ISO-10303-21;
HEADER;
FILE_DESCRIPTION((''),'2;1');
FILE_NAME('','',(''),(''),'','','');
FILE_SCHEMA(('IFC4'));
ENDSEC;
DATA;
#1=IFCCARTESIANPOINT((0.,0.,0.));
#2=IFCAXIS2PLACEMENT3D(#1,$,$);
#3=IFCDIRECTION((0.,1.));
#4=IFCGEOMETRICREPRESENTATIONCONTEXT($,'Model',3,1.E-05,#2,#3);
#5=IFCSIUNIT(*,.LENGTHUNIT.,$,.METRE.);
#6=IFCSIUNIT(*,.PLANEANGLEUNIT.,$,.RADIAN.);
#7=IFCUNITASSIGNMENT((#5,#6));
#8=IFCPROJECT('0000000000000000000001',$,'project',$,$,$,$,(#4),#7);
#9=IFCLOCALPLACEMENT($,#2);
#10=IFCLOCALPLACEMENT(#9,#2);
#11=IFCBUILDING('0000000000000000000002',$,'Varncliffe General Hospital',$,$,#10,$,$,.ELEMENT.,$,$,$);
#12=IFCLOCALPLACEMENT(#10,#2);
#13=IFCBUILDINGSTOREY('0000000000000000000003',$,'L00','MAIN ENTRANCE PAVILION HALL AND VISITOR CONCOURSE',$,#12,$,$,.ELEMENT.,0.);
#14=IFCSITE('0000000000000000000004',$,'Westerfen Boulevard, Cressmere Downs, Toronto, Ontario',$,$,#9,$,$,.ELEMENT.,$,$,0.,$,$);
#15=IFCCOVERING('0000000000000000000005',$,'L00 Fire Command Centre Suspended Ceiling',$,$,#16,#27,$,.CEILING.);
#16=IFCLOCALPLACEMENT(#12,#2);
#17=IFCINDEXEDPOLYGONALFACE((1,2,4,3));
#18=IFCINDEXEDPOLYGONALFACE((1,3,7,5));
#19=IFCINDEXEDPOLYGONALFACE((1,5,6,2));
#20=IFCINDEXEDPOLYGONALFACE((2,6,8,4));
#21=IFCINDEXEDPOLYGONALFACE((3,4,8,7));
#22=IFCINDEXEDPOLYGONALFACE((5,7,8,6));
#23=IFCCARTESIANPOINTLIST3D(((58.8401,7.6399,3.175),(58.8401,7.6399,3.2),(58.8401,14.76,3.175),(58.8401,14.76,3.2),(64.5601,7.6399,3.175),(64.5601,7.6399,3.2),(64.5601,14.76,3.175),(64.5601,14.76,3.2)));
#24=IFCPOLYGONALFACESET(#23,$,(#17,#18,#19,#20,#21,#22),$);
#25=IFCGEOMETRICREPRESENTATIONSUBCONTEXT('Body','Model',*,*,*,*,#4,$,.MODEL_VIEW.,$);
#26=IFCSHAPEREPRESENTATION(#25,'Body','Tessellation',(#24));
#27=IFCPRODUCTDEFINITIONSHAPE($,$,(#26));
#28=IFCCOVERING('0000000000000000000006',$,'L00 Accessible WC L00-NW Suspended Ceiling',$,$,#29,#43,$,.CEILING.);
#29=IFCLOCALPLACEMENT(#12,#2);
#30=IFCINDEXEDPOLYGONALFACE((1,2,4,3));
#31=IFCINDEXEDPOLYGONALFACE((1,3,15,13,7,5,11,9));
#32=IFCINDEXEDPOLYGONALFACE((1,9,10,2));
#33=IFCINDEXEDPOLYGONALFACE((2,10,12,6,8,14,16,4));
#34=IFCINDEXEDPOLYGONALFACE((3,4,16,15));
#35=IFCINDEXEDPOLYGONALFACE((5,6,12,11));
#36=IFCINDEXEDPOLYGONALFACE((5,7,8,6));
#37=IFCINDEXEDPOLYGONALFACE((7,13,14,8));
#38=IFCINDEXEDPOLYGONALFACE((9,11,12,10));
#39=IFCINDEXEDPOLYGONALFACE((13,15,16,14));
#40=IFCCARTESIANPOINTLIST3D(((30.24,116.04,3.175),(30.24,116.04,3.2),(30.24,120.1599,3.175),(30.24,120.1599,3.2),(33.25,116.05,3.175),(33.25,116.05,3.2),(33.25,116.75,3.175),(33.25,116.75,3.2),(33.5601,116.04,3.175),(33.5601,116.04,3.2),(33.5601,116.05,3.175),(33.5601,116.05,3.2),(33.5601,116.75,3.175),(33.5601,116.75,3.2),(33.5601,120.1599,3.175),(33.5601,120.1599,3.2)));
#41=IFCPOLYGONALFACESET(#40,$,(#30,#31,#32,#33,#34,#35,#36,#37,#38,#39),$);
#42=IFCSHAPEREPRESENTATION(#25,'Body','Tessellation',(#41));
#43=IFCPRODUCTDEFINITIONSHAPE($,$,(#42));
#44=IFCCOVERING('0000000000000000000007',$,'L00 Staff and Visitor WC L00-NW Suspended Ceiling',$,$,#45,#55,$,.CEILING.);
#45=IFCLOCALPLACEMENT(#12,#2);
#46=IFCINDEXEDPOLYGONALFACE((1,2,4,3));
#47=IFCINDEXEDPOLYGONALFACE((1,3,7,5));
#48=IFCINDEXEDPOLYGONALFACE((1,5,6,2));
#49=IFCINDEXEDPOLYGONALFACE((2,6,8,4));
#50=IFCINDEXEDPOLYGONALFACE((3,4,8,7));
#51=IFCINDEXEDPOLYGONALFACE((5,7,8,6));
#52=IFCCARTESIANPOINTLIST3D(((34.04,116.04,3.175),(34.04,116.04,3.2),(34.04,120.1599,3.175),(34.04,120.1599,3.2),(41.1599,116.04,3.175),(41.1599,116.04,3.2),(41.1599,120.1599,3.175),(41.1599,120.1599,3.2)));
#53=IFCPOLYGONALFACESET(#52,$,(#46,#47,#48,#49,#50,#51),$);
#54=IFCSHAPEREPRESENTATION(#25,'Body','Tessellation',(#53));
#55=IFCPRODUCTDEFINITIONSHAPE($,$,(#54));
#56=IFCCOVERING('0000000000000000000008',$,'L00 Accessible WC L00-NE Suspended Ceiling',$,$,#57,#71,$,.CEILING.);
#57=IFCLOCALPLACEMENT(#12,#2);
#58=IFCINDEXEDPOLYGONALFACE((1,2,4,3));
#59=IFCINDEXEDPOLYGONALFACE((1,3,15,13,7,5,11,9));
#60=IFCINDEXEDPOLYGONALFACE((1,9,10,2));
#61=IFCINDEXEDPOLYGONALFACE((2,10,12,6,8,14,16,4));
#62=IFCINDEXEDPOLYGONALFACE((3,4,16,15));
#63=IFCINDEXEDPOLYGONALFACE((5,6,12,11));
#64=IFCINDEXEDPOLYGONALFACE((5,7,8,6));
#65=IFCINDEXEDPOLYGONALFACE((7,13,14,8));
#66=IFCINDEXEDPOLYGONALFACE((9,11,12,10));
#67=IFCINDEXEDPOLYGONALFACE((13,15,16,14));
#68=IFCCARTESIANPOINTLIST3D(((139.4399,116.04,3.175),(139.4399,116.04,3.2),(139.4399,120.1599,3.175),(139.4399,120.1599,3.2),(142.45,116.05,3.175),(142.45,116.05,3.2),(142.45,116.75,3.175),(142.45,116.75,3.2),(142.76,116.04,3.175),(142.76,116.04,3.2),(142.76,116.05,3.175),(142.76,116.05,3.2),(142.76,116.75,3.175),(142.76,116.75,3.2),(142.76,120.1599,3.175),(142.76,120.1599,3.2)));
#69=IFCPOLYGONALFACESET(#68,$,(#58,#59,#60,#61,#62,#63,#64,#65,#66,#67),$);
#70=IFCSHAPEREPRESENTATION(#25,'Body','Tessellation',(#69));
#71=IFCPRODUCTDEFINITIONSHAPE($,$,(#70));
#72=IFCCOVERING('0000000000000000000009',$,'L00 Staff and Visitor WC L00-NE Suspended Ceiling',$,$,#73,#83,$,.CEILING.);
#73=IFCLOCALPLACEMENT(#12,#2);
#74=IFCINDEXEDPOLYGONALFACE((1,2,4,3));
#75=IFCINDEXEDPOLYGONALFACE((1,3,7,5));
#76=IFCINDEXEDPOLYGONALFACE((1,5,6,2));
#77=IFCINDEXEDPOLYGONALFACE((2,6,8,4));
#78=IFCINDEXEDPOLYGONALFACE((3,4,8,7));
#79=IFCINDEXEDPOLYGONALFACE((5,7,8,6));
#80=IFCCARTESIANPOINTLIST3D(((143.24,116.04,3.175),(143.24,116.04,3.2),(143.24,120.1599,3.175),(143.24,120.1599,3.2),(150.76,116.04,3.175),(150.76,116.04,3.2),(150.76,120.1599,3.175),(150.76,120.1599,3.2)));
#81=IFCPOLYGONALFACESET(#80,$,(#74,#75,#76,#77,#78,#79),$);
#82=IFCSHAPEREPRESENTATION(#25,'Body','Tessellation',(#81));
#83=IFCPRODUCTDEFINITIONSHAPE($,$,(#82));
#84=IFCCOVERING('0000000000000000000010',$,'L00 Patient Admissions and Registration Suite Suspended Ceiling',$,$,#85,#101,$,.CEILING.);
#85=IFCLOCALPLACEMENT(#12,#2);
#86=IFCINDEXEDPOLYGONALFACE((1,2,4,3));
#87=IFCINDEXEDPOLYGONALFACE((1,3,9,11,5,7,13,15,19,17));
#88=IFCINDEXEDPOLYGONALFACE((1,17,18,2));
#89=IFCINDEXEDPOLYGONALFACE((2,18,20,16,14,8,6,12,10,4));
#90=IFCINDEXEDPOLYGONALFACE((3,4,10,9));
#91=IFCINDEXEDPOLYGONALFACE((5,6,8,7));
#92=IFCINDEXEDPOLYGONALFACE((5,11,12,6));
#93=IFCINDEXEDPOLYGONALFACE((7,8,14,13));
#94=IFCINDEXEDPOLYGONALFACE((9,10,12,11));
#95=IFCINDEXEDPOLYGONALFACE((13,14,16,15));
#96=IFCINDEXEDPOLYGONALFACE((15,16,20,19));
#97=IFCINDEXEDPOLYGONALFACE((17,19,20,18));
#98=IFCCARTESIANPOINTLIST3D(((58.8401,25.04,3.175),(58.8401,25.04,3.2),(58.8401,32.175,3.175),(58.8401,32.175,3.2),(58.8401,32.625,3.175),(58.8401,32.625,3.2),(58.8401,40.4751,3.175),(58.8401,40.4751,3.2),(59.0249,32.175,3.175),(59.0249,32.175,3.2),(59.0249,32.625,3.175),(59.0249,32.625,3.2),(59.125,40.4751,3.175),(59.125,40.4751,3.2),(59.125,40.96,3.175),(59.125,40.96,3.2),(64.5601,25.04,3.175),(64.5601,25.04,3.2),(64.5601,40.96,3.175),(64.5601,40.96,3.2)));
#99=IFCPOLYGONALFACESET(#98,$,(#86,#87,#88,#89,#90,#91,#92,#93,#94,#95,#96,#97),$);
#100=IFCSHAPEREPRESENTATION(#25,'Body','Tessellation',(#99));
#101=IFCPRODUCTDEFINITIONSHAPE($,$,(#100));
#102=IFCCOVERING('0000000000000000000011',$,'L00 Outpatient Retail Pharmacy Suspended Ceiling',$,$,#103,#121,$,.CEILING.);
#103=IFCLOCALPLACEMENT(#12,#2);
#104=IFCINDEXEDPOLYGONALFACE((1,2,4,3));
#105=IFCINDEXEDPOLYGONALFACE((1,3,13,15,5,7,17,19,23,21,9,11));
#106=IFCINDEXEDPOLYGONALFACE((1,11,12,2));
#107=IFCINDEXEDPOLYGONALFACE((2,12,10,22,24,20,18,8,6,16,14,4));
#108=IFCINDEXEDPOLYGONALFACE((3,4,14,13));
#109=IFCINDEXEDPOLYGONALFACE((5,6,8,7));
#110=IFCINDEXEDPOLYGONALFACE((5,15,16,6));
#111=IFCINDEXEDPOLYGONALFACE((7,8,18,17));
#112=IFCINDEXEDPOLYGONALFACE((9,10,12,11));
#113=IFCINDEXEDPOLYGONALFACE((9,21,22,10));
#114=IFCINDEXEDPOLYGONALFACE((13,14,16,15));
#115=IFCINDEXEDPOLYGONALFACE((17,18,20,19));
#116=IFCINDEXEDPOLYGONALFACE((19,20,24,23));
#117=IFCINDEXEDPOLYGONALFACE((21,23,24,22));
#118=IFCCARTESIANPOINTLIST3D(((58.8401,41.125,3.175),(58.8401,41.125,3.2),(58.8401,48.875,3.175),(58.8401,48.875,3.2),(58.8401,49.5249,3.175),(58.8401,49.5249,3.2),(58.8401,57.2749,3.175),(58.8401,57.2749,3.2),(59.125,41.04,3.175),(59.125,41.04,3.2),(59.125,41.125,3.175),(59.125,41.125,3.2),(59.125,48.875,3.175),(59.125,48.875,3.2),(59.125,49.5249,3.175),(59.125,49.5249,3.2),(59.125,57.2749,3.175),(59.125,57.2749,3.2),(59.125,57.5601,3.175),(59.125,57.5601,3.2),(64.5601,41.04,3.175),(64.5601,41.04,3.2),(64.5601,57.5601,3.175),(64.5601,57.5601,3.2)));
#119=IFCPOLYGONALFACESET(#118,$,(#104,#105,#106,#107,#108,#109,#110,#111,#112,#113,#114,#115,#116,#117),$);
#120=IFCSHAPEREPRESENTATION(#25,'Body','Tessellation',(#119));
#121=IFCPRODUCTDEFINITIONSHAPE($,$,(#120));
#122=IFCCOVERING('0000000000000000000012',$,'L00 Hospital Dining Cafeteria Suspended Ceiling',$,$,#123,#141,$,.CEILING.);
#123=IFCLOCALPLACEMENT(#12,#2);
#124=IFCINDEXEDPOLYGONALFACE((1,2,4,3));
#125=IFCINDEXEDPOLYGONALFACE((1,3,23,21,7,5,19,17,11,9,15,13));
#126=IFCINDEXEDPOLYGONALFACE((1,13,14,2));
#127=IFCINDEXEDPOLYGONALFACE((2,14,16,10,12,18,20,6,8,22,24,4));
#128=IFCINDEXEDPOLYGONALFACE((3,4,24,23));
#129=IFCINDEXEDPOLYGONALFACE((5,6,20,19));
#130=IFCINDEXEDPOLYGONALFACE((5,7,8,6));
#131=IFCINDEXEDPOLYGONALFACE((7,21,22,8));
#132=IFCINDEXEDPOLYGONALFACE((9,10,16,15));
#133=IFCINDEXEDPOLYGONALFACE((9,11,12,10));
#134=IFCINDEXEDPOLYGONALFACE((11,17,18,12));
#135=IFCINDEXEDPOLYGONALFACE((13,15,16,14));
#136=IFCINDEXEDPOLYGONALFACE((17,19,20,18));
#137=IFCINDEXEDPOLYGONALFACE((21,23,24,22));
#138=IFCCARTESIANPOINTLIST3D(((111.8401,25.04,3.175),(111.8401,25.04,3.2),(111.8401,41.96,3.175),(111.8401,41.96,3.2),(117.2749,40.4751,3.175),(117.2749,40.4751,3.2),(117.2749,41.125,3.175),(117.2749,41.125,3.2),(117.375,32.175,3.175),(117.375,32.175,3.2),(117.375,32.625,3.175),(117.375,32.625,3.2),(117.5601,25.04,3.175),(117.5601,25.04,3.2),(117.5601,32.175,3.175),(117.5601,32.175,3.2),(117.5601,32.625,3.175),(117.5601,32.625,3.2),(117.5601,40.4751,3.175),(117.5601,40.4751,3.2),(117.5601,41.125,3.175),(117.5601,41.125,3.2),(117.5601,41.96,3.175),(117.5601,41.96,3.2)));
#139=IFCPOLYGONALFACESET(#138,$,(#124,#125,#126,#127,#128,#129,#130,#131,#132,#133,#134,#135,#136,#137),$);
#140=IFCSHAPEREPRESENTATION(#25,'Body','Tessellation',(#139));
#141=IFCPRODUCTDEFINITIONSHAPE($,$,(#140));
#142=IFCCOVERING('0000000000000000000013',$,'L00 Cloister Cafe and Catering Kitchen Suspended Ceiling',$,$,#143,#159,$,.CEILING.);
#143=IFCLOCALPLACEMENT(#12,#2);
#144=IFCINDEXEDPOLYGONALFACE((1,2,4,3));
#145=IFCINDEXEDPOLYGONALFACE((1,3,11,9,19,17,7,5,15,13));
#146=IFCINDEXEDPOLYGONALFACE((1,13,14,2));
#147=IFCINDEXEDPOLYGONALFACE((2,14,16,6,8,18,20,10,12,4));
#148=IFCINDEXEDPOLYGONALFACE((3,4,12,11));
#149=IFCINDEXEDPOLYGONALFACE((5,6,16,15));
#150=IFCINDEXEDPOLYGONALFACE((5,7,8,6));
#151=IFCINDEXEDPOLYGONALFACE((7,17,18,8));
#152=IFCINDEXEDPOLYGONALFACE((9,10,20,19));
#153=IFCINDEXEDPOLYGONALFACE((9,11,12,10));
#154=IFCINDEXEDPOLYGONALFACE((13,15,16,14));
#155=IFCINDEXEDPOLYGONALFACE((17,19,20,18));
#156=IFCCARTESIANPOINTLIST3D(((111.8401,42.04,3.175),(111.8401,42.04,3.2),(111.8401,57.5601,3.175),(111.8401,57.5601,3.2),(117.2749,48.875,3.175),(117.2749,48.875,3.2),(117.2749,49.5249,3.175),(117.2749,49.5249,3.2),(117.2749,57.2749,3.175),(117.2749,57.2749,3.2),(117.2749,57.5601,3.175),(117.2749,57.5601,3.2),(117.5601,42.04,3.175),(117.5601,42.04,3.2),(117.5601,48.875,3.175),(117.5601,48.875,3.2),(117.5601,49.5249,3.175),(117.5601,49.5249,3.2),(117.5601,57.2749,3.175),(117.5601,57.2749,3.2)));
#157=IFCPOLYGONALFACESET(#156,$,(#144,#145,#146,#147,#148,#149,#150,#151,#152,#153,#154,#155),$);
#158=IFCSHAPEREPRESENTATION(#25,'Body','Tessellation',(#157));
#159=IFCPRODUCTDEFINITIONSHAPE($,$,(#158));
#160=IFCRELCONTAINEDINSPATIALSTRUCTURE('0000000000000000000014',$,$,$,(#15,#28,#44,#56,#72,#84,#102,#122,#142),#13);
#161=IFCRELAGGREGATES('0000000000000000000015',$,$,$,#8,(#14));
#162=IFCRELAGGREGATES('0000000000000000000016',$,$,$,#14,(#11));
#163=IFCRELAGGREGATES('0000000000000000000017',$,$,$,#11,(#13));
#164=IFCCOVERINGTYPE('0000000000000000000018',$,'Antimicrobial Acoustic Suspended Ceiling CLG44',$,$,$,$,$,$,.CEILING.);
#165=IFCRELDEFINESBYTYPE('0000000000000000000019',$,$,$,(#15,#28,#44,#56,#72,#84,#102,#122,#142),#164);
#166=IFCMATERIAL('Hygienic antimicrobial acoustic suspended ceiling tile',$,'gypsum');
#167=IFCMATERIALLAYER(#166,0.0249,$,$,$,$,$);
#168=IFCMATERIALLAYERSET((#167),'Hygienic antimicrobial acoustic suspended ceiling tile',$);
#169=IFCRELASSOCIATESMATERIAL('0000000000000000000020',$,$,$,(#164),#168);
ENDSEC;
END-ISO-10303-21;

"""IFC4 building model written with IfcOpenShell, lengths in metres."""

from ifc_helpers import new_model, si_unit, direction, frame, origin, place, context, subcontext, project, spatial, polyline, outline, extrude, material, layer, layer_set, type_object, element, save


model = new_model("IFC4")

# Units and contexts
model_context = context("Model", 3, precision=1e-05, world=origin(), true_north=direction((0.0, 1.0)))
body_context = subcontext(model_context, "Body", "Model", "MODEL_VIEW")
ifc_project = project(units=[si_unit("LENGTHUNIT", "METRE"), si_unit("PLANEANGLEUNIT", "RADIAN")], contexts=[model_context])

# Site, building, storey
site_placement = place(None, origin())
site = spatial("IfcSite", under=ifc_project, at=site_placement, Name="Westerfen Boulevard, Cressmere Downs, Toronto, Ontario", CompositionType="ELEMENT", RefElevation=0.0)
building_placement = place(site_placement, origin())
building = spatial("IfcBuilding", under=site, at=building_placement, Name="Varncliffe General Hospital", CompositionType="ELEMENT")
storey_placement = place(building_placement, origin())
storey = spatial("IfcBuildingStorey", under=building, at=storey_placement, Name="L00", Description="MAIN ENTRANCE PAVILION HALL AND VISITOR CONCOURSE", CompositionType="ELEMENT", Elevation=0.0)

# Coverings
ifc_material_1 = material(Name="Hygienic antimicrobial acoustic suspended ceiling tile", Category="gypsum")
ifc_layer_1 = layer(ifc_material_1, 0.0249)
ifc_layer_set_1 = layer_set([ifc_layer_1], Name="Hygienic antimicrobial acoustic suspended ceiling tile")
covering_type = type_object("IfcCoveringType", Name="Antimicrobial Acoustic Suspended Ceiling CLG44", PredefinedType="CEILING", material=ifc_layer_set_1)
covering_1_placement = place(storey_placement, frame((0.0, 0.0, 3.175)))
element("IfcCovering", 1, at=covering_1_placement, inside=storey, type_object=covering_type, Name="L00 Fire Command Centre Suspended Ceiling", PredefinedType="CEILING", context=body_context, shape_type="SweptSolid", body=[
    extrude(outline(polyline([(64.5601, 7.6399), (64.5601, 14.76), (58.8401, 14.76), (58.8401, 7.6399), (64.5601, 7.6399)])), origin(), (0.0, 0.0, 1.0), 0.0249),
])
covering_2_placement = place(storey_placement, frame((0.0, 0.0, 3.175)))
element("IfcCovering", 2, at=covering_2_placement, inside=storey, type_object=covering_type, Name="L00 Accessible WC L00-NW Suspended Ceiling", PredefinedType="CEILING", context=body_context, shape_type="SweptSolid", body=[
    extrude(outline(polyline([(33.5601, 116.04), (30.24, 116.04), (30.24, 120.1599), (33.5601, 120.1599), (33.5601, 116.75), (33.25, 116.75), (33.25, 116.05), (33.5601, 116.05), (33.5601, 116.04)])), origin(), (0.0, 0.0, 1.0), 0.0249),
])
covering_3_placement = place(storey_placement, frame((0.0, 0.0, 3.175)))
element("IfcCovering", 3, at=covering_3_placement, inside=storey, type_object=covering_type, Name="L00 Staff and Visitor WC L00-NW Suspended Ceiling", PredefinedType="CEILING", context=body_context, shape_type="SweptSolid", body=[
    extrude(outline(polyline([(41.1599, 116.04), (41.1599, 120.1599), (34.04, 120.1599), (34.04, 116.04), (41.1599, 116.04)])), origin(), (0.0, 0.0, 1.0), 0.0249),
])
covering_4_placement = place(storey_placement, frame((0.0, 0.0, 3.175)))
element("IfcCovering", 4, at=covering_4_placement, inside=storey, type_object=covering_type, Name="L00 Accessible WC L00-NE Suspended Ceiling", PredefinedType="CEILING", context=body_context, shape_type="SweptSolid", body=[
    extrude(outline(polyline([(142.76, 116.04), (139.4399, 116.04), (139.4399, 120.1599), (142.76, 120.1599), (142.76, 116.75), (142.45, 116.75), (142.45, 116.05), (142.76, 116.05), (142.76, 116.04)])), origin(), (0.0, 0.0, 1.0), 0.0249),
])
covering_5_placement = place(storey_placement, frame((0.0, 0.0, 3.175)))
element("IfcCovering", 5, at=covering_5_placement, inside=storey, type_object=covering_type, Name="L00 Staff and Visitor WC L00-NE Suspended Ceiling", PredefinedType="CEILING", context=body_context, shape_type="SweptSolid", body=[
    extrude(outline(polyline([(150.76, 116.04), (150.76, 120.1599), (143.24, 120.1599), (143.24, 116.04), (150.76, 116.04)])), origin(), (0.0, 0.0, 1.0), 0.0249),
])
covering_6_placement = place(storey_placement, frame((0.0, 0.0, 3.175)))
element("IfcCovering", 6, at=covering_6_placement, inside=storey, type_object=covering_type, Name="L00 Patient Admissions and Registration Suite Suspended Ceiling", PredefinedType="CEILING", context=body_context, shape_type="SweptSolid", body=[
    extrude(outline(polyline([(64.5601, 40.96), (64.5601, 25.04), (58.8401, 25.04), (58.8401, 32.175), (59.0249, 32.175), (59.0249, 32.625), (58.8401, 32.625), (58.8401, 40.4751), (59.125, 40.4751), (59.125, 40.96), (64.5601, 40.96)])), origin(), (0.0, 0.0, 1.0), 0.0249),
])
covering_7_placement = place(storey_placement, frame((0.0, 0.0, 3.175)))
element("IfcCovering", 7, at=covering_7_placement, inside=storey, type_object=covering_type, Name="L00 Outpatient Retail Pharmacy Suspended Ceiling", PredefinedType="CEILING", context=body_context, shape_type="SweptSolid", body=[
    extrude(outline(polyline([(64.5601, 41.04), (59.125, 41.04), (59.125, 41.125), (58.8401, 41.125), (58.8401, 48.875), (59.125, 48.875), (59.125, 49.5249), (58.8401, 49.5249), (58.8401, 57.2749), (59.125, 57.2749), (59.125, 57.5601), (64.5601, 57.5601), (64.5601, 41.04)])), origin(), (0.0, 0.0, 1.0), 0.0249),
])
covering_8_placement = place(storey_placement, frame((0.0, 0.0, 3.175)))
element("IfcCovering", 8, at=covering_8_placement, inside=storey, type_object=covering_type, Name="L00 Hospital Dining Cafeteria Suspended Ceiling", PredefinedType="CEILING", context=body_context, shape_type="SweptSolid", body=[
    extrude(outline(polyline([(111.8401, 25.04), (111.8401, 41.96), (117.5601, 41.96), (117.5601, 41.125), (117.2749, 41.125), (117.2749, 40.4751), (117.5601, 40.4751), (117.5601, 32.625), (117.375, 32.625), (117.375, 32.175), (117.5601, 32.175), (117.5601, 25.04), (111.8401, 25.04)])), origin(), (0.0, 0.0, 1.0), 0.0249),
])
covering_9_placement = place(storey_placement, frame((0.0, 0.0, 3.175)))
element("IfcCovering", 9, at=covering_9_placement, inside=storey, type_object=covering_type, Name="L00 Cloister Cafe and Catering Kitchen Suspended Ceiling", PredefinedType="CEILING", context=body_context, shape_type="SweptSolid", body=[
    extrude(outline(polyline([(111.8401, 42.04), (111.8401, 57.5601), (117.2749, 57.5601), (117.2749, 57.2749), (117.5601, 57.2749), (117.5601, 49.5249), (117.2749, 49.5249), (117.2749, 48.875), (117.5601, 48.875), (117.5601, 42.04), (111.8401, 42.04)])), origin(), (0.0, 0.0, 1.0), 0.0249),
])

save(model, "model.ifc")
